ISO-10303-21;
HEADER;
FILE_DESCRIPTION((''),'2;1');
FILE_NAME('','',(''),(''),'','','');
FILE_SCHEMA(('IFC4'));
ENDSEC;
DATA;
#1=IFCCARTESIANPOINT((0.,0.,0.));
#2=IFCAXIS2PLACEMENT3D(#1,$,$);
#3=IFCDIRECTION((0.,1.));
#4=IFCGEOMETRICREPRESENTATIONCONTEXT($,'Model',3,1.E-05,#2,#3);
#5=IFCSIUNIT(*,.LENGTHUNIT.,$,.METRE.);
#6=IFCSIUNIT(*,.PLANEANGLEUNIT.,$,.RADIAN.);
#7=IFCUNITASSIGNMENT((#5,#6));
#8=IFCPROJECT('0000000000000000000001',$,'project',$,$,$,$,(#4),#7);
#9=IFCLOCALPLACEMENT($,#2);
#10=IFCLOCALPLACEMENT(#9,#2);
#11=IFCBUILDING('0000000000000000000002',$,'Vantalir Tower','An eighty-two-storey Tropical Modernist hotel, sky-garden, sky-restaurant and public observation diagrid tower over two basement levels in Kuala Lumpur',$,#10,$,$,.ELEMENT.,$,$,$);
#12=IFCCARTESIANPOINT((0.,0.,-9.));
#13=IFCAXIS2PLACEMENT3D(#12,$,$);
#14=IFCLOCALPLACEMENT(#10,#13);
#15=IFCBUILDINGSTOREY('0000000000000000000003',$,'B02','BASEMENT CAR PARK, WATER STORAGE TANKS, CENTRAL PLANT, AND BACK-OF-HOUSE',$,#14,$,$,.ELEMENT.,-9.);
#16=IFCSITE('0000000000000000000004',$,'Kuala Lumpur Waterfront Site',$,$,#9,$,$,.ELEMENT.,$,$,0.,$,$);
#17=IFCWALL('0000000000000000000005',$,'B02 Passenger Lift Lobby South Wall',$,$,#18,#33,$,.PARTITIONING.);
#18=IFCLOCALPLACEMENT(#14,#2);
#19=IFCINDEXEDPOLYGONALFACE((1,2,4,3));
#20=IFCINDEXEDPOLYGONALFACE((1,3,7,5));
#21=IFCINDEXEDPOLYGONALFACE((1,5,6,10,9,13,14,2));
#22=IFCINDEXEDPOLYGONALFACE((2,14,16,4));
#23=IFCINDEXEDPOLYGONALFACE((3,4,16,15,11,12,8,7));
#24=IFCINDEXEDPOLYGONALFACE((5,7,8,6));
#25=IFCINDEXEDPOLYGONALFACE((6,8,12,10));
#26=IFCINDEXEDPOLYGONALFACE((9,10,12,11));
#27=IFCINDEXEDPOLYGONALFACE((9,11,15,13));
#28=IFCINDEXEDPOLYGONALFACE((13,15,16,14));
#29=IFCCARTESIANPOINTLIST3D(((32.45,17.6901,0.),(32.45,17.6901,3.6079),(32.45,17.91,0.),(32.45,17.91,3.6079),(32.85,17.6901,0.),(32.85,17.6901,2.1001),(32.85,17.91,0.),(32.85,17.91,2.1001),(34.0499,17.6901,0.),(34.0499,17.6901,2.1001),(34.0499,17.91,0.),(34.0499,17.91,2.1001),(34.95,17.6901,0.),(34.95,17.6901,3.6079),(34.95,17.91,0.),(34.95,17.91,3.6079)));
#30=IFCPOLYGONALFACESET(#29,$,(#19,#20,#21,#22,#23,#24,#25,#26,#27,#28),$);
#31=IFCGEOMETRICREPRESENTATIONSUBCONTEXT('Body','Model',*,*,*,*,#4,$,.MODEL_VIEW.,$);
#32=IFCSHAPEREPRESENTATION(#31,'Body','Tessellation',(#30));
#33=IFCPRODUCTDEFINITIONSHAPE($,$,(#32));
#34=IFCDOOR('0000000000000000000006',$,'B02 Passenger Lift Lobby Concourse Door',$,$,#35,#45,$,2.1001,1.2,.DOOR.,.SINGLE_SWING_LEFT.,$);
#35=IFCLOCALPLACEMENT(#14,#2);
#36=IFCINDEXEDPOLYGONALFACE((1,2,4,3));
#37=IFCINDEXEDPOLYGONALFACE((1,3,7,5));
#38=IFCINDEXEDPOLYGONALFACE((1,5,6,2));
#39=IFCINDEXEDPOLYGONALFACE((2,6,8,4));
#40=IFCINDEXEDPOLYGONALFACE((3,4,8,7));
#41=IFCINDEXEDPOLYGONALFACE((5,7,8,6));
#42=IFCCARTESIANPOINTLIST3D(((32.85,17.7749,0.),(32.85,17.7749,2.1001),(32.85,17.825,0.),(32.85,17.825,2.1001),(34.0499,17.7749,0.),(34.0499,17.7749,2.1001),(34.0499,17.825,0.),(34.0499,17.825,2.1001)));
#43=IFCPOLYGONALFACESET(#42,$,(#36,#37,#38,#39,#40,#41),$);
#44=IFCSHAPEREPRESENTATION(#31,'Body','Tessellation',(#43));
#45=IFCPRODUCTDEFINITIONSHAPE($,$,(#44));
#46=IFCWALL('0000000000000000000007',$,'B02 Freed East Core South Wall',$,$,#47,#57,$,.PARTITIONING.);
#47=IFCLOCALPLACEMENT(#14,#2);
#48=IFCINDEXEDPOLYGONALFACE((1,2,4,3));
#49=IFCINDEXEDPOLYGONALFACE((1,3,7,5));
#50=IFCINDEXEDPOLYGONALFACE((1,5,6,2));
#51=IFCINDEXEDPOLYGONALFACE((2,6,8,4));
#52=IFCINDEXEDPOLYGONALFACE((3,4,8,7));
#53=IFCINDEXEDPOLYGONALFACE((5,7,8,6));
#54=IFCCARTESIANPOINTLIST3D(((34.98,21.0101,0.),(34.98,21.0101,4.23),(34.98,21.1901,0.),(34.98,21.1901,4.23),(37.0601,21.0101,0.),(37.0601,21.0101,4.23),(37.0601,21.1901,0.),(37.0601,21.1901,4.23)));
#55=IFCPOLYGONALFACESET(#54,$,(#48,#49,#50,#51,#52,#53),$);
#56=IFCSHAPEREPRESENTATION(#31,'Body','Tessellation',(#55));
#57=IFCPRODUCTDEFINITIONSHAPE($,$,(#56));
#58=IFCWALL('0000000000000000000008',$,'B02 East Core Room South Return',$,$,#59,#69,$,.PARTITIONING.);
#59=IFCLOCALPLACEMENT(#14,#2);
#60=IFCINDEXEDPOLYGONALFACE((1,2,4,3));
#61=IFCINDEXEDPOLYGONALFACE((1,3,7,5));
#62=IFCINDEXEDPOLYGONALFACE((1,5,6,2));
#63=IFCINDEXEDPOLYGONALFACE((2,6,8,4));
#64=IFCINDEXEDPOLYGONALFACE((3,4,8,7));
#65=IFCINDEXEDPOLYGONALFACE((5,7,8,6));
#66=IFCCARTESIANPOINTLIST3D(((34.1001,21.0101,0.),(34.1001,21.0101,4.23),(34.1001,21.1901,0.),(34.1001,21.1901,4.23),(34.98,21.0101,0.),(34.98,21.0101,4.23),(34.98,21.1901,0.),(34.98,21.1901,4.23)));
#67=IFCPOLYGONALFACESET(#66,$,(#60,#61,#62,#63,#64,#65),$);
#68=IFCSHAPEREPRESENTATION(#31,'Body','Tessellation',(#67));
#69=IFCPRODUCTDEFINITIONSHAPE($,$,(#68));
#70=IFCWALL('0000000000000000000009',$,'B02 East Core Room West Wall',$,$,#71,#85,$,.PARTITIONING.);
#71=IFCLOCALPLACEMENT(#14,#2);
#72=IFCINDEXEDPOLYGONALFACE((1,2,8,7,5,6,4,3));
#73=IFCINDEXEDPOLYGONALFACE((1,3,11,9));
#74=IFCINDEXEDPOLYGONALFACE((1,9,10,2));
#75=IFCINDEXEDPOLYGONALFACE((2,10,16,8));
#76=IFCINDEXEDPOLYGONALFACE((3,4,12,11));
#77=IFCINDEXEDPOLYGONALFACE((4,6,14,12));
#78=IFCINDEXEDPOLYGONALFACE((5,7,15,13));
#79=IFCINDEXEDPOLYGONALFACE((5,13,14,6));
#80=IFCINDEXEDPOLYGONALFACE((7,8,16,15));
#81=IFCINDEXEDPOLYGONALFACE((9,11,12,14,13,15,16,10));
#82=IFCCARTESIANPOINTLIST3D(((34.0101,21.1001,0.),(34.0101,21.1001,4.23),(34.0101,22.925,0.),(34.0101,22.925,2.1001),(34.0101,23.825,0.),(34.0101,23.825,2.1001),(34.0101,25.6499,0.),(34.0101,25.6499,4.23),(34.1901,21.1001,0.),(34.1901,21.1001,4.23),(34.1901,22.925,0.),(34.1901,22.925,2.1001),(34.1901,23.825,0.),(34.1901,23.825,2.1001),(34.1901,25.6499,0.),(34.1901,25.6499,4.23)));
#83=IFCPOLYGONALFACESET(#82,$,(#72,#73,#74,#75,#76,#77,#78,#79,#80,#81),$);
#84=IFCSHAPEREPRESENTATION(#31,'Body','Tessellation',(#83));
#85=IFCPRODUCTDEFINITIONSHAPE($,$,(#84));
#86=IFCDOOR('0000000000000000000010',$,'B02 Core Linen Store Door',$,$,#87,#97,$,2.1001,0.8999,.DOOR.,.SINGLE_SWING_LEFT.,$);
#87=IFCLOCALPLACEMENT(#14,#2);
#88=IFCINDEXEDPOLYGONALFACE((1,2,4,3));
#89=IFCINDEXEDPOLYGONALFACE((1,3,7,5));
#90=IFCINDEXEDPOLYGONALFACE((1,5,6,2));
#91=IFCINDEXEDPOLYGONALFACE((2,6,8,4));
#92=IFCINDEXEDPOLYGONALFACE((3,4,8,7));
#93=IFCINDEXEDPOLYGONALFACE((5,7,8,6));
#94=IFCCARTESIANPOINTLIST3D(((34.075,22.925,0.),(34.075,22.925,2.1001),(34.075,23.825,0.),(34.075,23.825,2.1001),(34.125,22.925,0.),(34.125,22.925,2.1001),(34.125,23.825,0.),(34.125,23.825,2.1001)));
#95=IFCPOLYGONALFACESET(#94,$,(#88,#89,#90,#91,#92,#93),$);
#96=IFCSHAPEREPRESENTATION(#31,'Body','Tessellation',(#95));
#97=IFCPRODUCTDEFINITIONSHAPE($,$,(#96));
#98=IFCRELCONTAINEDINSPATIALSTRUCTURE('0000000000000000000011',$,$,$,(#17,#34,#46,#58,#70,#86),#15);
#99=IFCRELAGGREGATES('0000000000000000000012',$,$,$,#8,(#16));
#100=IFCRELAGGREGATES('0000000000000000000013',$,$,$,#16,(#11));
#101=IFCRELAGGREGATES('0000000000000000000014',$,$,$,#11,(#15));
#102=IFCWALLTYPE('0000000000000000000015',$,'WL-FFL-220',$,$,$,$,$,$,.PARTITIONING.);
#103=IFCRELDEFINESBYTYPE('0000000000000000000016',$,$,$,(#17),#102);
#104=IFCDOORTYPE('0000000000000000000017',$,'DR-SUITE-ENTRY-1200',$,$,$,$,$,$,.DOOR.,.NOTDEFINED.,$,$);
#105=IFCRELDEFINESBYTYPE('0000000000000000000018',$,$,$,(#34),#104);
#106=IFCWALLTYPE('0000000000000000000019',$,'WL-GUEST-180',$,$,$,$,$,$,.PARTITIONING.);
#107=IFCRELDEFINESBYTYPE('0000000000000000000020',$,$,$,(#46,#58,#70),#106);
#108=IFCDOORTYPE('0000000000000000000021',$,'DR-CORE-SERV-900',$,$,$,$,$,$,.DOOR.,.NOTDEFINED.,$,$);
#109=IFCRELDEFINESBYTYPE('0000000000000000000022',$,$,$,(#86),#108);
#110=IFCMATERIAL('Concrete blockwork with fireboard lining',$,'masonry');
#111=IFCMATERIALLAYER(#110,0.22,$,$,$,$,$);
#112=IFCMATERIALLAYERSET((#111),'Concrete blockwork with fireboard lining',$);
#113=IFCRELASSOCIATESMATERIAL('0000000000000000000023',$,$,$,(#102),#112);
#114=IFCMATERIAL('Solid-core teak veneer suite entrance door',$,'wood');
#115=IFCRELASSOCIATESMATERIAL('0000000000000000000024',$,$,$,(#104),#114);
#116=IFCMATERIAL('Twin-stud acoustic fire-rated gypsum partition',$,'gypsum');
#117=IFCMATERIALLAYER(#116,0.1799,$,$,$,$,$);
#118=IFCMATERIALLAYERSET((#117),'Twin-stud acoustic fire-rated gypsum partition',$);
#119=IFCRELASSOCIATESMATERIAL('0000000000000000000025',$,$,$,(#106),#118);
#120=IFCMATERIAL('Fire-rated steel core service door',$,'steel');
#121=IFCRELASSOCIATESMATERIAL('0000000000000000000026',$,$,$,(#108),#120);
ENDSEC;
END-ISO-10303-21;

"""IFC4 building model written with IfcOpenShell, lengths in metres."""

from ifc_helpers import new_model, si_unit, direction, frame, frame_2d, origin, place, context, subcontext, project, spatial, rectangle, extrude, material, layer, layer_set, type_object, element, fill, save


model = new_model("IFC4")

# Units and contexts
model_context = context("Model", 3, precision=1e-05, world=origin(), true_north=direction((0.0, 1.0)))
body_context = subcontext(model_context, "Body", "Model", "MODEL_VIEW")
ifc_project = project(units=[si_unit("LENGTHUNIT", "METRE"), si_unit("PLANEANGLEUNIT", "RADIAN")], contexts=[model_context])

# Site, building, storey
site_placement = place(None, origin())
site = spatial("IfcSite", under=ifc_project, at=site_placement, Name="Kuala Lumpur Waterfront Site", CompositionType="ELEMENT", RefElevation=0.0)
building_placement = place(site_placement, origin())
building = spatial("IfcBuilding", under=site, at=building_placement, Name="Vantalir Tower", Description="An eighty-two-storey Tropical Modernist hotel, sky-garden, sky-restaurant and public observation diagrid tower over two basement levels in Kuala Lumpur", CompositionType="ELEMENT")
storey_placement = place(building_placement, frame((0.0, 0.0, -9.0)))
storey = spatial("IfcBuildingStorey", under=building, at=storey_placement, Name="B02", Description="BASEMENT CAR PARK, WATER STORAGE TANKS, CENTRAL PLANT, AND BACK-OF-HOUSE", CompositionType="ELEMENT", Elevation=-9.0)

# Wall, opening, door
ifc_material_1 = material(Name="Concrete blockwork with fireboard lining", Category="masonry")
ifc_layer_1 = layer(ifc_material_1, 0.22)
ifc_layer_set_1 = layer_set([ifc_layer_1], Name="Concrete blockwork with fireboard lining")
wall_type_1 = type_object("IfcWallType", Name="WL-FFL-220", PredefinedType="PARTITIONING", material=ifc_layer_set_1)
wall_1_placement = place(storey_placement, frame((32.45, 17.8, 0.0), z_axis=(0.0, 0.0, 1.0), x_axis=(1.0, 0.0, 0.0)))
wall_1 = element("IfcWall", 1, at=wall_1_placement, inside=storey, type_object=wall_type_1, Name="B02 Passenger Lift Lobby South Wall", PredefinedType="PARTITIONING", context=body_context, shape_type="SweptSolid", body=[
    extrude(rectangle(XDim=2.5, YDim=0.22, at=frame_2d((1.25, 0.0))), origin(), (0.0, 0.0, 1.0), 3.6079),
])
opening_1_placement = place(wall_1_placement, frame((0.3999, 0.0, 0.0)))
opening_1 = element("IfcOpeningElement", 2, at=opening_1_placement, cuts=wall_1, PredefinedType="OPENING", context=body_context, shape_type="SweptSolid", body=[
    extrude(rectangle(XDim=1.2, YDim=2.1001, at=frame_2d((0.6001, 1.05))), frame((0.0, 0.1199, 0.0), z_axis=(0.0, -1.0, 0.0), x_axis=(1.0, 0.0, 0.0)), (0.0, 0.0, 1.0), 0.24),
])
ifc_material_2 = material(Name="Solid-core teak veneer suite entrance door", Category="wood")
door_type_1 = type_object("IfcDoorType", Name="DR-SUITE-ENTRY-1200", OperationType="NOTDEFINED", PredefinedType="DOOR", material=ifc_material_2)
door_1_placement = place(opening_1_placement, origin())
door_1 = element("IfcDoor", 3, at=door_1_placement, inside=storey, type_object=door_type_1, Name="B02 Passenger Lift Lobby Concourse Door", OperationType="SINGLE_SWING_LEFT", OverallHeight=2.1001, OverallWidth=1.2, PredefinedType="DOOR", context=body_context, shape_type="SweptSolid", body=[
    extrude(rectangle(XDim=1.2, YDim=2.1001, at=frame_2d((0.6001, 1.05))), frame((0.0, 0.0249, 0.0), z_axis=(0.0, -1.0, 0.0), x_axis=(1.0, 0.0, 0.0)), (0.0, 0.0, 1.0), 0.05),
])
fill(opening_1, door_1)

# Walls
ifc_material_3 = material(Name="Twin-stud acoustic fire-rated gypsum partition", Category="gypsum")
ifc_layer_2 = layer(ifc_material_3, 0.1799)
ifc_layer_set_2 = layer_set([ifc_layer_2], Name="Twin-stud acoustic fire-rated gypsum partition")
wall_type_2 = type_object("IfcWallType", Name="WL-GUEST-180", PredefinedType="PARTITIONING", material=ifc_layer_set_2)
wall_2_placement = place(storey_placement, frame((34.98, 21.1001, 0.0), z_axis=(0.0, 0.0, 1.0), x_axis=(1.0, 0.0, 0.0)))
element("IfcWall", 4, at=wall_2_placement, inside=storey, type_object=wall_type_2, Name="B02 Freed East Core South Wall", PredefinedType="PARTITIONING", context=body_context, shape_type="SweptSolid", body=[
    extrude(rectangle(XDim=2.0801, YDim=0.1799, at=frame_2d((1.04, 0.0))), origin(), (0.0, 0.0, 1.0), 4.23),
])
wall_3_placement = place(storey_placement, frame((34.1001, 21.1001, 0.0), z_axis=(0.0, 0.0, 1.0), x_axis=(1.0, 0.0, 0.0)))
element("IfcWall", 5, at=wall_3_placement, inside=storey, type_object=wall_type_2, Name="B02 East Core Room South Return", PredefinedType="PARTITIONING", context=body_context, shape_type="SweptSolid", body=[
    extrude(rectangle(XDim=0.8799, YDim=0.1799, at=frame_2d((0.4399, 0.0))), origin(), (0.0, 0.0, 1.0), 4.23),
])

# Wall, opening, door
wall_4_placement = place(storey_placement, frame((34.1001, 21.1001, 0.0), z_axis=(0.0, 0.0, 1.0), x_axis=(0.0, 1.0, 0.0)))
wall_4 = element("IfcWall", 6, at=wall_4_placement, inside=storey, type_object=wall_type_2, Name="B02 East Core Room West Wall", PredefinedType="PARTITIONING", context=body_context, shape_type="SweptSolid", body=[
    extrude(rectangle(XDim=4.5498, YDim=0.1799, at=frame_2d((2.2749, 0.0))), origin(), (0.0, 0.0, 1.0), 4.23),
])
opening_2_placement = place(wall_4_placement, frame((1.825, 0.0, 0.0)))
opening_2 = element("IfcOpeningElement", 7, at=opening_2_placement, cuts=wall_4, PredefinedType="OPENING", context=body_context, shape_type="SweptSolid", body=[
    extrude(rectangle(XDim=0.8999, YDim=2.1001, at=frame_2d((0.45, 1.05))), frame((0.0, 0.0999, 0.0), z_axis=(0.0, -1.0, 0.0), x_axis=(1.0, 0.0, 0.0)), (0.0, 0.0, 1.0), 0.2),
])
ifc_material_4 = material(Name="Fire-rated steel core service door", Category="steel")
door_type_2 = type_object("IfcDoorType", Name="DR-CORE-SERV-900", OperationType="NOTDEFINED", PredefinedType="DOOR", material=ifc_material_4)
door_2_placement = place(opening_2_placement, frame((0.8999, 0.0, 0.0), z_axis=(0.0, 0.0, 1.0), x_axis=(-1.0, 0.0, 0.0)))
door_2 = element("IfcDoor", 8, at=door_2_placement, inside=storey, type_object=door_type_2, Name="B02 Core Linen Store Door", OperationType="SINGLE_SWING_LEFT", OverallHeight=2.1001, OverallWidth=0.8999, PredefinedType="DOOR", context=body_context, shape_type="SweptSolid", body=[
    extrude(rectangle(XDim=0.8999, YDim=2.1001, at=frame_2d((0.45, 1.05))), frame((0.0, 0.0249, 0.0), z_axis=(0.0, -1.0, 0.0), x_axis=(1.0, 0.0, 0.0)), (0.0, 0.0, 1.0), 0.05),
])
fill(opening_2, door_2)

save(model, "model.ifc")
